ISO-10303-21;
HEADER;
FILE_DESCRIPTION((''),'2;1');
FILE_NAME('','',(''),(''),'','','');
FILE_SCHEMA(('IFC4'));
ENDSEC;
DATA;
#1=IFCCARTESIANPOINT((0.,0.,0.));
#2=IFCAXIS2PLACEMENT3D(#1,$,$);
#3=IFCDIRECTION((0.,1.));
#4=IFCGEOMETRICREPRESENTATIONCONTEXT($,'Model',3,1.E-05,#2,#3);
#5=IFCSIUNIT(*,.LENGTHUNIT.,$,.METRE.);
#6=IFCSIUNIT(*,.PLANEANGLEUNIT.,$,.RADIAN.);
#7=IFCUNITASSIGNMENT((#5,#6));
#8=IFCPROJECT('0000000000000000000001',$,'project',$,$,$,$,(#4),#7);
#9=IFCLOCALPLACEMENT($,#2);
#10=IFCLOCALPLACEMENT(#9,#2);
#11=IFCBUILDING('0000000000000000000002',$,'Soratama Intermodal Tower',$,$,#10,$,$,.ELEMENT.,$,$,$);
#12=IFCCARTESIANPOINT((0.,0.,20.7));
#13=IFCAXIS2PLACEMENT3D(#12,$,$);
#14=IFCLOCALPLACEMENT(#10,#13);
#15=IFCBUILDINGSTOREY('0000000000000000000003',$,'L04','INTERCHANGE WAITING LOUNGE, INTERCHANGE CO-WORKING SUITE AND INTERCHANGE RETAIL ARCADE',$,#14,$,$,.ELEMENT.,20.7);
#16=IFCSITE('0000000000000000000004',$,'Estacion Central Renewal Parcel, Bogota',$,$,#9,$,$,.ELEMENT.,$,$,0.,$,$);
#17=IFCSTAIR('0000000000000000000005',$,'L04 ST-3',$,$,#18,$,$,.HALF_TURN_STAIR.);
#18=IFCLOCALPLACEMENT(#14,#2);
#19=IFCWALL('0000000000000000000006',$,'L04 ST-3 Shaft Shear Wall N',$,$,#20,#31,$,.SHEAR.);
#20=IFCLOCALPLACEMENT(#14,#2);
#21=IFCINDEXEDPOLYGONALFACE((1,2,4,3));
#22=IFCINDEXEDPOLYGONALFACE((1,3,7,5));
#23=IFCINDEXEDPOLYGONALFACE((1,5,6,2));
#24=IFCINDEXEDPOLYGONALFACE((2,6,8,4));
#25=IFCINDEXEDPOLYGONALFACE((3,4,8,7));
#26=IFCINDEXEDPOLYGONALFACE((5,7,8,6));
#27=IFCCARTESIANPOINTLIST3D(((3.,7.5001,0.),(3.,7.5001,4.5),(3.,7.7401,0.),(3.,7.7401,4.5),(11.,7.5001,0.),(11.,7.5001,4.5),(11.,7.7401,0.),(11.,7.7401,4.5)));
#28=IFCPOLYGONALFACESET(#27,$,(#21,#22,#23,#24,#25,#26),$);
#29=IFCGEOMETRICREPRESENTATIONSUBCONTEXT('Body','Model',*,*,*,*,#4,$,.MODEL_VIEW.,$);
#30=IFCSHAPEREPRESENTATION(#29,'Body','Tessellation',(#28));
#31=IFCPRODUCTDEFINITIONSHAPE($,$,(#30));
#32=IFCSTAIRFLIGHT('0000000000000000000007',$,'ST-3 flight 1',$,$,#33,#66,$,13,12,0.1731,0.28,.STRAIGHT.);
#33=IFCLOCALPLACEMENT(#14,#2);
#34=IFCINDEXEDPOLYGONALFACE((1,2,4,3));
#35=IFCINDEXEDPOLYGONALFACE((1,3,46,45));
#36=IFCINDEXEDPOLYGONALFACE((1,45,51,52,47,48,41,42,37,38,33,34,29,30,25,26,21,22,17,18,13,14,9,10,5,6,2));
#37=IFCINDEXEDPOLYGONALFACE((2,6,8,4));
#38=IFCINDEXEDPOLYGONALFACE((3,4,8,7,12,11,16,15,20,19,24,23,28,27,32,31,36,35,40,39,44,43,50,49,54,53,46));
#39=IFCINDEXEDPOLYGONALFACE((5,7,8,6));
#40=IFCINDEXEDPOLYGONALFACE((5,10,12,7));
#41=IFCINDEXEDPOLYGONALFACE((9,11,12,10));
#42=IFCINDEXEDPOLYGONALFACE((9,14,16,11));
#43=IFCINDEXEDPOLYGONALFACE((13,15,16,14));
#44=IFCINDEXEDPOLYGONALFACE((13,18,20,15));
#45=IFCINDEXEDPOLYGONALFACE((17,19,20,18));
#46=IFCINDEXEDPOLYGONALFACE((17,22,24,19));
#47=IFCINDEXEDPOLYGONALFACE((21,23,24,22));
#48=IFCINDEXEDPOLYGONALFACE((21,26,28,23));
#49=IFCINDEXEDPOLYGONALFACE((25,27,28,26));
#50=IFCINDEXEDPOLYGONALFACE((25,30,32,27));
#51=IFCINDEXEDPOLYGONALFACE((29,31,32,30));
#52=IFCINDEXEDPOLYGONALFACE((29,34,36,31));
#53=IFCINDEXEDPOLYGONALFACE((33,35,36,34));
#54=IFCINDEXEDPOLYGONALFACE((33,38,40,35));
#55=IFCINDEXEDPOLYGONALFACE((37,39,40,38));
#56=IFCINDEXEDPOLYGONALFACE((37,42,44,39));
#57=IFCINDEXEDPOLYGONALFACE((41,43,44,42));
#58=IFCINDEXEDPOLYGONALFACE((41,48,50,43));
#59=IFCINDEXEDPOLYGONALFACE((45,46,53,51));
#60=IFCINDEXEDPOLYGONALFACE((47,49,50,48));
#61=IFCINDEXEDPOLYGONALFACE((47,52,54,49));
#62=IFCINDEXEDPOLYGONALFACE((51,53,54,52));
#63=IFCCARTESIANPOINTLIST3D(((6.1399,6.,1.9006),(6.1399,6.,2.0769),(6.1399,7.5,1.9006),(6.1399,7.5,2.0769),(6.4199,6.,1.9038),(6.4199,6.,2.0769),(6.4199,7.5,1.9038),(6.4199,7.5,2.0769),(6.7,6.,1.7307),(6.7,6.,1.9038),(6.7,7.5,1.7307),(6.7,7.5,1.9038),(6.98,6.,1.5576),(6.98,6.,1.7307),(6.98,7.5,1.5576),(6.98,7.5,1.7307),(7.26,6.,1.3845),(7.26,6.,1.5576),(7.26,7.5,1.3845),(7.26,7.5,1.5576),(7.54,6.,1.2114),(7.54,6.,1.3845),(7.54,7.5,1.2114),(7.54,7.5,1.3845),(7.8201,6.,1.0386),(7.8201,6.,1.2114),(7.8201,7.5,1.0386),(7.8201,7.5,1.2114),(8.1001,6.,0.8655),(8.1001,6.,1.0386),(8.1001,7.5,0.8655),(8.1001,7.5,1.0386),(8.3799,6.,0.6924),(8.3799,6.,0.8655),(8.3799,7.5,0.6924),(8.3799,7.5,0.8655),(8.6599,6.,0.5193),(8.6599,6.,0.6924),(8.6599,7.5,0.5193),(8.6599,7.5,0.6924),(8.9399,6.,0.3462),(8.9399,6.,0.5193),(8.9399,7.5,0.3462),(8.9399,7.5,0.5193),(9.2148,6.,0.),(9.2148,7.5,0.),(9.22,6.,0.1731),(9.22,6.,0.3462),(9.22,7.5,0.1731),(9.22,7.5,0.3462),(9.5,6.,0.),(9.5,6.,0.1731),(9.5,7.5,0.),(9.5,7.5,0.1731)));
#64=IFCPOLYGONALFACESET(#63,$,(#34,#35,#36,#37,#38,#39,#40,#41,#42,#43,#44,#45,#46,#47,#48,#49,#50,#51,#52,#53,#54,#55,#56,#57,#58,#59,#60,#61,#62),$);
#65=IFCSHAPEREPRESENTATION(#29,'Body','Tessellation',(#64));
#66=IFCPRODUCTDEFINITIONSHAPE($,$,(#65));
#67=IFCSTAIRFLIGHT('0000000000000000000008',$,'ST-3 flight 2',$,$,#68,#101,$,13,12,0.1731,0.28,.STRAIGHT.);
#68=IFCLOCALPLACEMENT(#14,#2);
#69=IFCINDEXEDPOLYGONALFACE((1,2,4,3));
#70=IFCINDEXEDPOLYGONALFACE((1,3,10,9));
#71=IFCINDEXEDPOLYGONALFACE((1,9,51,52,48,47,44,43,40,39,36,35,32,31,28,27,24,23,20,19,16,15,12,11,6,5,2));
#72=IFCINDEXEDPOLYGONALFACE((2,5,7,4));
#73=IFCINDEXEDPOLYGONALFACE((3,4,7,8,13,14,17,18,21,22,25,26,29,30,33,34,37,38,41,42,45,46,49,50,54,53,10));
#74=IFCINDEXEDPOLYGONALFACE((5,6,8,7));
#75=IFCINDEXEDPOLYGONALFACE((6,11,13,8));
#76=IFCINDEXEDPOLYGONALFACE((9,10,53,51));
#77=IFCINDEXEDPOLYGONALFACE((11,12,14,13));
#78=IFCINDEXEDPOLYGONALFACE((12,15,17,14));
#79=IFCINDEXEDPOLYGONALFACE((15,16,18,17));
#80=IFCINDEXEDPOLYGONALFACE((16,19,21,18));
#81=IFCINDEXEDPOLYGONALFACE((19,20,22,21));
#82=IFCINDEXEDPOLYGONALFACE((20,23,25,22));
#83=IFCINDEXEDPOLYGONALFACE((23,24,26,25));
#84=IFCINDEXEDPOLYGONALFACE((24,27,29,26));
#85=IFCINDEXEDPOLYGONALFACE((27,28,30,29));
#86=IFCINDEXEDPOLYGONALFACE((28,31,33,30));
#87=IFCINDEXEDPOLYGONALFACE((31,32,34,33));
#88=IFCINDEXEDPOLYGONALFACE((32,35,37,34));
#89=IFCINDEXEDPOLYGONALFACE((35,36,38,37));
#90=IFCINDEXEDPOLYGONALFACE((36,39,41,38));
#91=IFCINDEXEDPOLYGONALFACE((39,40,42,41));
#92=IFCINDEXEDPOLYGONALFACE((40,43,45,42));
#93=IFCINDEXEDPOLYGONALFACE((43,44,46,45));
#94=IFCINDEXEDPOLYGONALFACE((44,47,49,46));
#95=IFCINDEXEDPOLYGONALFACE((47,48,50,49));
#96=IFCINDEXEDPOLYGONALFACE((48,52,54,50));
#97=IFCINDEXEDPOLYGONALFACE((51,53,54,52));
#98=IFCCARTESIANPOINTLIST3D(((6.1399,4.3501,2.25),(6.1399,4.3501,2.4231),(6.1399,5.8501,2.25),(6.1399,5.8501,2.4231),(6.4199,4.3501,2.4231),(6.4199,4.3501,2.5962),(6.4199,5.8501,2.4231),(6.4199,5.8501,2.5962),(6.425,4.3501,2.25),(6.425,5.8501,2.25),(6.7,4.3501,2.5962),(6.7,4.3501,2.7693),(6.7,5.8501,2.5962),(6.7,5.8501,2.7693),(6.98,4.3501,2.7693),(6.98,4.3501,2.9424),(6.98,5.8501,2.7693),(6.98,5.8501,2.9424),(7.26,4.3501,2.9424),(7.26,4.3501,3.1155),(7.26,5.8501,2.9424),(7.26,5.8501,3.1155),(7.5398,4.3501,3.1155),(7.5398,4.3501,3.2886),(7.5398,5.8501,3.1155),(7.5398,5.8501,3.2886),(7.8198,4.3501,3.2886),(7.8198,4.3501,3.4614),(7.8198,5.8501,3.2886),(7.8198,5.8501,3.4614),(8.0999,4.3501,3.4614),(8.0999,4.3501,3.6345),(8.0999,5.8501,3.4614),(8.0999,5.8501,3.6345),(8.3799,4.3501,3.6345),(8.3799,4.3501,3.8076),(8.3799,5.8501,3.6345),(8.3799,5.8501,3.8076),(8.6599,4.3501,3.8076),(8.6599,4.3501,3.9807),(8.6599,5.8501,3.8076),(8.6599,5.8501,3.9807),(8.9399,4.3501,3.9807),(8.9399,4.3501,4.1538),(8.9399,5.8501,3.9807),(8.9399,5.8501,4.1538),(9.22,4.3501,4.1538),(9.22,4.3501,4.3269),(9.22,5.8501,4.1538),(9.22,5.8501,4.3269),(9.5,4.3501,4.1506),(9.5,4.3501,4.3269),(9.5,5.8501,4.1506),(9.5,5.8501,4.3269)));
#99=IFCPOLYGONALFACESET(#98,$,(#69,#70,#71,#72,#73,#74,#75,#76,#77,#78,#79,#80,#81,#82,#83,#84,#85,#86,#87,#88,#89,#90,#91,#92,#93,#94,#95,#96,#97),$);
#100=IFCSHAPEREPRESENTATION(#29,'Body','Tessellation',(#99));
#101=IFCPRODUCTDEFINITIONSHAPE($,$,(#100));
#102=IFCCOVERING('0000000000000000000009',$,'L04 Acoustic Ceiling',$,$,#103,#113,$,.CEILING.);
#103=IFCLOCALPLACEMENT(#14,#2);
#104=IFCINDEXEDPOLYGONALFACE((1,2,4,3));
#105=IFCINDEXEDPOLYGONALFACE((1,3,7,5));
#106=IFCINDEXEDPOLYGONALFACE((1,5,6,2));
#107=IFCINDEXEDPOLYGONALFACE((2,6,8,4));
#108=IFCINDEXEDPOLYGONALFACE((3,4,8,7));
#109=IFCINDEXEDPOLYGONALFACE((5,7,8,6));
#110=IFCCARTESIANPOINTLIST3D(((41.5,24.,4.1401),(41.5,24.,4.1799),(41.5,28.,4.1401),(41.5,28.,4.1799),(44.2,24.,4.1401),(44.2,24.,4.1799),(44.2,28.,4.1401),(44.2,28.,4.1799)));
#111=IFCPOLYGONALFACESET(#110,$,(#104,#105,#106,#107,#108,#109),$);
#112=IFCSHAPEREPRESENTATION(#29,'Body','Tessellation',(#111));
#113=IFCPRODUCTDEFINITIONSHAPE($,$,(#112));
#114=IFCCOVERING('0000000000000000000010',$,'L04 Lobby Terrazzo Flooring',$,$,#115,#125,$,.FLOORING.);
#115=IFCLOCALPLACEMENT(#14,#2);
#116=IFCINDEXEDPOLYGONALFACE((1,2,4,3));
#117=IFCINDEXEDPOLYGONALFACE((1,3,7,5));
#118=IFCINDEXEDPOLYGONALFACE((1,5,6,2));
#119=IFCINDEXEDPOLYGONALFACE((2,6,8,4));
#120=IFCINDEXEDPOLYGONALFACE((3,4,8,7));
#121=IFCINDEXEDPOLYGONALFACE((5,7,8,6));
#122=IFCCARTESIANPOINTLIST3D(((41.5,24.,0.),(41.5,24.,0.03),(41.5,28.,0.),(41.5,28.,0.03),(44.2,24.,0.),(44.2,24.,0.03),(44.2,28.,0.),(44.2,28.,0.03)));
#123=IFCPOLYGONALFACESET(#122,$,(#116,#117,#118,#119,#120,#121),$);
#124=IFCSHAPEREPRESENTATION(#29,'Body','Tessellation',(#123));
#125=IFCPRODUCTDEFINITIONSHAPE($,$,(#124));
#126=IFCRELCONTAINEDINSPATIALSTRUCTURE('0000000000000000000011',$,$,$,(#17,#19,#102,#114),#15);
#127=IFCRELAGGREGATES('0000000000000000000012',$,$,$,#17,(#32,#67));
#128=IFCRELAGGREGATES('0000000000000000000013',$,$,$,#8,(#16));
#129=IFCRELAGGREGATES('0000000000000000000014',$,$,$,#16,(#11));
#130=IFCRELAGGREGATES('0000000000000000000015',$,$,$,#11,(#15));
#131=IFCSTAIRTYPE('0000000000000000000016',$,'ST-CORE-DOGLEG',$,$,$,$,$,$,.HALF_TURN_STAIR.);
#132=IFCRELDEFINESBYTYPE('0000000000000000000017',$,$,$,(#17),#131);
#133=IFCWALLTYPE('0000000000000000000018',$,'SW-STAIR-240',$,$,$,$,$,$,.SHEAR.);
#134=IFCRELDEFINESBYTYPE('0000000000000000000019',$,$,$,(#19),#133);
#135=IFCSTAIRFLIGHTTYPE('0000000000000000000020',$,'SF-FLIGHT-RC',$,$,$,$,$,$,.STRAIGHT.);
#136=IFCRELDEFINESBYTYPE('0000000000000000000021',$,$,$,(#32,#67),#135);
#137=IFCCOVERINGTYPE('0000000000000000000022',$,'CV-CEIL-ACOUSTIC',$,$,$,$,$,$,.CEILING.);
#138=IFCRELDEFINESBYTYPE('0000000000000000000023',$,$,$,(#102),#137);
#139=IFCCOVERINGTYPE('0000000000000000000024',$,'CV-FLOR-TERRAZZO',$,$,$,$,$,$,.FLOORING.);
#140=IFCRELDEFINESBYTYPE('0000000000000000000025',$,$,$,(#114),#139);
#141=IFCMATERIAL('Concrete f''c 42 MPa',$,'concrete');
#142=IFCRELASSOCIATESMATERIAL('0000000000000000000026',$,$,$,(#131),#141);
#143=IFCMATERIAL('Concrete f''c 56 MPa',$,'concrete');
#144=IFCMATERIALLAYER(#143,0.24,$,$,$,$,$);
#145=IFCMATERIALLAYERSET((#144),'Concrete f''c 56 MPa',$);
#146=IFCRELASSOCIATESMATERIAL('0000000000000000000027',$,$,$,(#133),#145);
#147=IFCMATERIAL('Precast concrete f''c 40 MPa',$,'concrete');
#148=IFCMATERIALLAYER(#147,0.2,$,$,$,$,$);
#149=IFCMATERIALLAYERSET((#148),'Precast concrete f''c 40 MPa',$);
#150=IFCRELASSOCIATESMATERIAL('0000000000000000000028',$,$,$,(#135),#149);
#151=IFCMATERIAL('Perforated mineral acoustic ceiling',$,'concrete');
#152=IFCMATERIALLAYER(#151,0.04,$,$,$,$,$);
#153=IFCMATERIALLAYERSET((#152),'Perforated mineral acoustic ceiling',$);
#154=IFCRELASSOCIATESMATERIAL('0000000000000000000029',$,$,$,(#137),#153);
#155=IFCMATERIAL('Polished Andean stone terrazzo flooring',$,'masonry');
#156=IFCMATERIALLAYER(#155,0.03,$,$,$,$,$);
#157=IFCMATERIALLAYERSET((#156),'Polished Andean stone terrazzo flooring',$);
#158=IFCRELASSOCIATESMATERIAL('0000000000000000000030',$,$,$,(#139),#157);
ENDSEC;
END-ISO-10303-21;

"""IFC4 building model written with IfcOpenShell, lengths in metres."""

from ifc_helpers import new_model, si_unit, direction, frame, frame_2d, origin, place, context, subcontext, project, spatial, polyline, rectangle, outline, extrude, material, layer, layer_set, type_object, element, aggregate, save


model = new_model("IFC4")

# Units and contexts
model_context = context("Model", 3, precision=1e-05, world=origin(), true_north=direction((0.0, 1.0)))
body_context = subcontext(model_context, "Body", "Model", "MODEL_VIEW")
ifc_project = project(units=[si_unit("LENGTHUNIT", "METRE"), si_unit("PLANEANGLEUNIT", "RADIAN")], contexts=[model_context])

# Site, building, storey
site_placement = place(None, origin())
site = spatial("IfcSite", under=ifc_project, at=site_placement, Name="Estacion Central Renewal Parcel, Bogota", CompositionType="ELEMENT", RefElevation=0.0)
building_placement = place(site_placement, origin())
building = spatial("IfcBuilding", under=site, at=building_placement, Name="Soratama Intermodal Tower", CompositionType="ELEMENT")
storey_placement = place(building_placement, frame((0.0, 0.0, 20.7)))
storey = spatial("IfcBuildingStorey", under=building, at=storey_placement, Name="L04", Description="INTERCHANGE WAITING LOUNGE, INTERCHANGE CO-WORKING SUITE AND INTERCHANGE RETAIL ARCADE", CompositionType="ELEMENT", Elevation=20.7)

# Stair
ifc_material_1 = material(Name="Concrete f'c 42 MPa", Category="concrete")
stair_type = type_object("IfcStairType", Name="ST-CORE-DOGLEG", PredefinedType="HALF_TURN_STAIR", material=ifc_material_1)
stair_1_placement = place(storey_placement, origin())
stair_1 = element("IfcStair", 1, at=stair_1_placement, inside=storey, type_object=stair_type, Name="L04 ST-3", PredefinedType="HALF_TURN_STAIR")

# Wall
ifc_material_2 = material(Name="Concrete f'c 56 MPa", Category="concrete")
ifc_layer_1 = layer(ifc_material_2, 0.24)
ifc_layer_set_1 = layer_set([ifc_layer_1], Name="Concrete f'c 56 MPa")
wall_type_1 = type_object("IfcWallType", Name="SW-STAIR-240", PredefinedType="SHEAR", material=ifc_layer_set_1)
for number, where, z_axis, x_axis, name in (
    (2, (3.0, 7.6201, 0.0), (0.0, 0.0, 1.0), (1.0, 0.0, 0.0), "L04 ST-3 Shaft Shear Wall N"),
):
    element("IfcWall", number, at=place(storey_placement, frame(where, z_axis=z_axis, x_axis=x_axis)), inside=storey, type_object=wall_type_1, Name=name, PredefinedType="SHEAR", context=body_context, shape_type="SweptSolid", body=[
        extrude(rectangle(XDim=8.0, YDim=0.24, at=frame_2d((4.0, 0.0))), origin(), (0.0, 0.0, 1.0), 4.5),
    ])

# Stair flights
ifc_material_3 = material(Name="Precast concrete f'c 40 MPa", Category="concrete")
ifc_layer_2 = layer(ifc_material_3, 0.2)
ifc_layer_set_2 = layer_set([ifc_layer_2], Name="Precast concrete f'c 40 MPa")
stair_flight_type = type_object("IfcStairFlightType", Name="SF-FLIGHT-RC", PredefinedType="STRAIGHT", material=ifc_layer_set_2)
stair_flight_1_placement = place(storey_placement, frame((9.5, 6.75, 0.0), z_axis=(0.0, 0.0, 1.0), x_axis=(-1.0, 0.0, 0.0)))
stair_flight_1 = element("IfcStairFlight", 3, at=stair_flight_1_placement, type_object=stair_flight_type, Name="ST-3 flight 1", NumberOfRisers=13, NumberOfTreads=12, PredefinedType="STRAIGHT", RiserHeight=0.1731, TreadLength=0.28, context=body_context, shape_type="SweptSolid", body=[
    extrude(outline(polyline([(0.0, 0.0), (0.0, 0.1731), (0.28, 0.1731), (0.28, 0.3462), (0.5601, 0.3462), (0.5601, 0.5193), (0.8401, 0.5193), (0.8401, 0.6924), (1.1201, 0.6924), (1.1201, 0.8655), (1.3999, 0.8655), (1.3999, 1.0386), (1.6799, 1.0386), (1.6799, 1.2114), (1.96, 1.2114), (1.96, 1.3845), (2.24, 1.3845), (2.24, 1.5576), (2.52, 1.5576), (2.52, 1.7307), (2.8, 1.7307), (2.8, 1.9038), (3.0801, 1.9038), (3.0801, 2.0769), (3.3601, 2.0769), (3.3601, 2.25), (3.3601, 1.9006), (0.2852, 0.0), (0.0, 0.0)])), frame((0.0, 0.75, 0.0), z_axis=(0.0, -1.0, 0.0), x_axis=(1.0, 0.0, 0.0)), (0.0, 0.0, 1.0), 1.5),
])
stair_flight_2_placement = place(storey_placement, frame((6.1399, 5.1001, 2.25), z_axis=(0.0, 0.0, 1.0), x_axis=(1.0, 0.0, 0.0)))
stair_flight_2 = element("IfcStairFlight", 4, at=stair_flight_2_placement, type_object=stair_flight_type, Name="ST-3 flight 2", NumberOfRisers=13, NumberOfTreads=12, PredefinedType="STRAIGHT", RiserHeight=0.1731, TreadLength=0.28, context=body_context, shape_type="SweptSolid", body=[
    extrude(outline(polyline([(0.0, 0.0), (0.0, 0.1731), (0.28, 0.1731), (0.28, 0.3462), (0.5601, 0.3462), (0.5601, 0.5193), (0.8401, 0.5193), (0.8401, 0.6924), (1.1201, 0.6924), (1.1201, 0.8655), (1.3999, 0.8655), (1.3999, 1.0386), (1.6799, 1.0386), (1.6799, 1.2114), (1.96, 1.2114), (1.96, 1.3845), (2.24, 1.3845), (2.24, 1.5576), (2.52, 1.5576), (2.52, 1.7307), (2.8, 1.7307), (2.8, 1.9038), (3.0801, 1.9038), (3.0801, 2.0769), (3.3601, 2.0769), (3.3601, 2.25), (3.3601, 1.9006), (0.2852, 0.0), (0.0, 0.0)])), frame((0.0, 0.75, 0.0), z_axis=(0.0, -1.0, 0.0), x_axis=(1.0, 0.0, 0.0)), (0.0, 0.0, 1.0), 1.5),
])
aggregate(stair_1, [stair_flight_1, stair_flight_2])

# Coverings
ifc_material_4 = material(Name="Perforated mineral acoustic ceiling", Category="concrete")
ifc_layer_3 = layer(ifc_material_4, 0.04)
ifc_layer_set_3 = layer_set([ifc_layer_3], Name="Perforated mineral acoustic ceiling")
covering_type_1 = type_object("IfcCoveringType", Name="CV-CEIL-ACOUSTIC", PredefinedType="CEILING", material=ifc_layer_set_3)
covering_1_placement = place(storey_placement, frame((0.0, 0.0, 4.1401)))
element("IfcCovering", 5, at=covering_1_placement, inside=storey, type_object=covering_type_1, Name="L04 Acoustic Ceiling", PredefinedType="CEILING", context=body_context, shape_type="SweptSolid", body=[
    extrude(outline(polyline([(41.5, 24.0), (44.2, 24.0), (44.2, 28.0), (41.5, 28.0), (41.5, 24.0)])), origin(), (0.0, 0.0, 1.0), 0.0398),
])
ifc_material_5 = material(Name="Polished Andean stone terrazzo flooring", Category="masonry")
ifc_layer_4 = layer(ifc_material_5, 0.03)
ifc_layer_set_4 = layer_set([ifc_layer_4], Name="Polished Andean stone terrazzo flooring")
covering_type_2 = type_object("IfcCoveringType", Name="CV-FLOR-TERRAZZO", PredefinedType="FLOORING", material=ifc_layer_set_4)
covering_2_placement = place(storey_placement, origin())
element("IfcCovering", 6, at=covering_2_placement, inside=storey, type_object=covering_type_2, Name="L04 Lobby Terrazzo Flooring", PredefinedType="FLOORING", context=body_context, shape_type="SweptSolid", body=[
    extrude(outline(polyline([(41.5, 24.0), (44.2, 24.0), (44.2, 28.0), (41.5, 28.0), (41.5, 24.0)])), origin(), (0.0, 0.0, 1.0), 0.03),
])

save(model, "model.ifc")
